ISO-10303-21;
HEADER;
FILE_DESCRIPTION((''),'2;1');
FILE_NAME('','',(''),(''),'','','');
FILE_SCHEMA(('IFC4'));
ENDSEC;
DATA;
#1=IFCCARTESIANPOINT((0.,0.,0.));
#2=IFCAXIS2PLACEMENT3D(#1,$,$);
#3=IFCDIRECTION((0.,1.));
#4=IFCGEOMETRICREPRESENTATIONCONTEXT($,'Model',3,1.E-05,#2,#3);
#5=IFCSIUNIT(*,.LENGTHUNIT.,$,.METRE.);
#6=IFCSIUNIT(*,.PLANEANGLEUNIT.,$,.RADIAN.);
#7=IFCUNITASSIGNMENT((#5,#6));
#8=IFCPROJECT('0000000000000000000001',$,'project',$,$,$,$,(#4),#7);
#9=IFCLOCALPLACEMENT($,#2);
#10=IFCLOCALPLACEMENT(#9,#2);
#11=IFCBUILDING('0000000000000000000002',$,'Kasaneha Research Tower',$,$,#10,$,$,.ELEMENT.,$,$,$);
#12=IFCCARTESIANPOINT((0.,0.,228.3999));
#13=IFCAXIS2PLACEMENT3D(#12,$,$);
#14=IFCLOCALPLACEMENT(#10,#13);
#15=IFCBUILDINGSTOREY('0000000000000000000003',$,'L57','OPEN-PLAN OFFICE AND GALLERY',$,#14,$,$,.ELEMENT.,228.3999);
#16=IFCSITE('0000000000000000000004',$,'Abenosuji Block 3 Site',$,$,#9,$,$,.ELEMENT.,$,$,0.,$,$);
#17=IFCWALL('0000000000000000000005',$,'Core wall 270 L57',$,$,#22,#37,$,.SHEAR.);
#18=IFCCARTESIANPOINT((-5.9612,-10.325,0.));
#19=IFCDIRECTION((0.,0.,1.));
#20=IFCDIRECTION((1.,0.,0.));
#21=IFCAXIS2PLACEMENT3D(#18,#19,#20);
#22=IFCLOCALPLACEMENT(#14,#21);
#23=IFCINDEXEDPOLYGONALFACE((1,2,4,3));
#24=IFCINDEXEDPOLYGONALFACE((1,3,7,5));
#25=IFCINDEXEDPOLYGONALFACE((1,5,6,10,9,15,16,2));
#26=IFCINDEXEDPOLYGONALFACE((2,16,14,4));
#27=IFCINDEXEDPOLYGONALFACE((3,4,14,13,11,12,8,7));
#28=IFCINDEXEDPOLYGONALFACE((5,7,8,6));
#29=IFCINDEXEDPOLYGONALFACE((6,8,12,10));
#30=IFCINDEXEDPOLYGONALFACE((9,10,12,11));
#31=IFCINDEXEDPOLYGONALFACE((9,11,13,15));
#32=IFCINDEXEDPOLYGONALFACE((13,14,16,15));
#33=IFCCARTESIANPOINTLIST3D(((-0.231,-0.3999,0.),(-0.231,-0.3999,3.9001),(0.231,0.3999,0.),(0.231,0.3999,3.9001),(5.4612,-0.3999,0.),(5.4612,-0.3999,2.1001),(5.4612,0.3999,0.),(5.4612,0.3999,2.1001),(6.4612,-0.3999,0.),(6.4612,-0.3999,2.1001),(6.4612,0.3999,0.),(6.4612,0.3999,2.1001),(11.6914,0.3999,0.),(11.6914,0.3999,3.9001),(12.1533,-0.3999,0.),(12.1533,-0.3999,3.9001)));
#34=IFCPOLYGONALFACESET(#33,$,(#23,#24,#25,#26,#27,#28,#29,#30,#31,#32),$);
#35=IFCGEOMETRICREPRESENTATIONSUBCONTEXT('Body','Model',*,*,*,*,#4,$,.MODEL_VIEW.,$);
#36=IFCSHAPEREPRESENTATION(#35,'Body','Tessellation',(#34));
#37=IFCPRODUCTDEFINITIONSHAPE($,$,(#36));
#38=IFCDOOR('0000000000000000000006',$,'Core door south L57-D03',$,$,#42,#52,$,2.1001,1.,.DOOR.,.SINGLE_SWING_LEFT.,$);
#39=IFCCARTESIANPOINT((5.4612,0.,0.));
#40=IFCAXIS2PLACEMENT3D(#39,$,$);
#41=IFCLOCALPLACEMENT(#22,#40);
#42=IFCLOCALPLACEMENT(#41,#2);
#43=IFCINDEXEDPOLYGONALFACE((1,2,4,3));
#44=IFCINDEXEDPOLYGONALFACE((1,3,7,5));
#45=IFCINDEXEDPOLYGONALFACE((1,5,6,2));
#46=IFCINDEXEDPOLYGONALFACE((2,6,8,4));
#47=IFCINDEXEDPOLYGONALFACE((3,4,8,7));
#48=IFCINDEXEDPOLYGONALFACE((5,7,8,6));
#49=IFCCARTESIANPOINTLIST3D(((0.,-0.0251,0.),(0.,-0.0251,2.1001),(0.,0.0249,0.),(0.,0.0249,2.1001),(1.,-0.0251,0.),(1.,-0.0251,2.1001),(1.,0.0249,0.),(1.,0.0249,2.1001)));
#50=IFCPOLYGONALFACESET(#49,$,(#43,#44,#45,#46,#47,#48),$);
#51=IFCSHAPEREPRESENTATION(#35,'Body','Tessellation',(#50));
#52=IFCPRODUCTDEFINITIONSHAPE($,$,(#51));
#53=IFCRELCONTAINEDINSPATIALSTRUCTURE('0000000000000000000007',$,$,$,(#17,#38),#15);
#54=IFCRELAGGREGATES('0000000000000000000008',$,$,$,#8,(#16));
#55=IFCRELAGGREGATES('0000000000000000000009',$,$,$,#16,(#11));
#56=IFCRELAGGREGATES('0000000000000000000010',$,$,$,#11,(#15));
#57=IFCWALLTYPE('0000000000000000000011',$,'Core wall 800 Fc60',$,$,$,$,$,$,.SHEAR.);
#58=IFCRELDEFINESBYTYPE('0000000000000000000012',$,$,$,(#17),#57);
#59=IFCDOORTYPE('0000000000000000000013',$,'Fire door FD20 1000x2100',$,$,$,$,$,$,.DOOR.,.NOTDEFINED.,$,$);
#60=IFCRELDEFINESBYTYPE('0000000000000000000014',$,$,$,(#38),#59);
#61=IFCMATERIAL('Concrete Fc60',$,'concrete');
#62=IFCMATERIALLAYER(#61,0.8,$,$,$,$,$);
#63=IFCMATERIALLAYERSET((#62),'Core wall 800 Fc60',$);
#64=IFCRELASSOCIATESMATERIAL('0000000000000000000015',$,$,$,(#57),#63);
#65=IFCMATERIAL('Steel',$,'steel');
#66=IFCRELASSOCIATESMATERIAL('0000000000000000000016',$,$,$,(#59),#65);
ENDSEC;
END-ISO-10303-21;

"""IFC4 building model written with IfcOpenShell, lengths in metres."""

from ifc_helpers import new_model, si_unit, direction, frame, frame_2d, origin, place, context, subcontext, project, spatial, polyline, rectangle, outline, extrude, material, layer, layer_set, type_object, element, fill, save


model = new_model("IFC4")

# Units and contexts
model_context = context("Model", 3, precision=1e-05, world=origin(), true_north=direction((0.0, 1.0)))
body_context = subcontext(model_context, "Body", "Model", "MODEL_VIEW")
ifc_project = project(units=[si_unit("LENGTHUNIT", "METRE"), si_unit("PLANEANGLEUNIT", "RADIAN")], contexts=[model_context])

# Site, building, storey
site_placement = place(None, origin())
site = spatial("IfcSite", under=ifc_project, at=site_placement, Name="Abenosuji Block 3 Site", CompositionType="ELEMENT", RefElevation=0.0)
building_placement = place(site_placement, origin())
building = spatial("IfcBuilding", under=site, at=building_placement, Name="Kasaneha Research Tower", CompositionType="ELEMENT")
storey_placement = place(building_placement, frame((0.0, 0.0, 228.3999)))
storey = spatial("IfcBuildingStorey", under=building, at=storey_placement, Name="L57", Description="OPEN-PLAN OFFICE AND GALLERY", CompositionType="ELEMENT", Elevation=228.3999)

# Wall, opening, door
ifc_material_1 = material(Name="Concrete Fc60", Category="concrete")
ifc_layer_1 = layer(ifc_material_1, 0.8)
ifc_layer_set_1 = layer_set([ifc_layer_1], Name="Core wall 800 Fc60")
wall_type_1 = type_object("IfcWallType", Name="Core wall 800 Fc60", PredefinedType="SHEAR", material=ifc_layer_set_1)
wall_1_placement = place(storey_placement, frame((-5.9612, -10.325, 0.0), z_axis=(0.0, 0.0, 1.0), x_axis=(1.0, 0.0, 0.0)))
wall_1 = element("IfcWall", 1, at=wall_1_placement, inside=storey, type_object=wall_type_1, Name="Core wall 270 L57", PredefinedType="SHEAR", context=body_context, shape_type="SweptSolid", body=[
    extrude(outline(polyline([(-0.231, -0.3999), (5.4612, -0.3999), (6.4612, -0.3999), (12.1533, -0.3999), (11.6914, 0.3999), (6.4612, 0.3999), (5.4612, 0.3999), (0.231, 0.3999), (-0.231, -0.3999)])), origin(), (0.0, 0.0, 1.0), 3.9001),
])
opening_1_placement = place(wall_1_placement, frame((5.4612, 0.0, 0.0)))
opening_1 = element("IfcOpeningElement", 2, at=opening_1_placement, cuts=wall_1, PredefinedType="OPENING", context=body_context, shape_type="SweptSolid", body=[
    extrude(rectangle(XDim=1.0, YDim=2.1001, at=frame_2d((0.5, 1.05))), frame((0.0, 0.4102, 0.0), z_axis=(0.0, -1.0, 0.0), x_axis=(1.0, 0.0, 0.0)), (0.0, 0.0, 1.0), 0.8201),
])
ifc_material_2 = material(Name="Steel", Category="steel")
door_type_1 = type_object("IfcDoorType", Name="Fire door FD20 1000x2100", OperationType="NOTDEFINED", PredefinedType="DOOR", material=ifc_material_2)
door_1_placement = place(opening_1_placement, origin())
door_1 = element("IfcDoor", 3, at=door_1_placement, inside=storey, type_object=door_type_1, Name="Core door south L57-D03", OperationType="SINGLE_SWING_LEFT", OverallHeight=2.1001, OverallWidth=1.0, PredefinedType="DOOR", context=body_context, shape_type="SweptSolid", body=[
    extrude(rectangle(XDim=1.0, YDim=2.1001, at=frame_2d((0.5, 1.05))), frame((0.0, 0.0249, 0.0), z_axis=(0.0, -1.0, 0.0), x_axis=(1.0, 0.0, 0.0)), (0.0, 0.0, 1.0), 0.05),
])
fill(opening_1, door_1)

save(model, "model.ifc")
